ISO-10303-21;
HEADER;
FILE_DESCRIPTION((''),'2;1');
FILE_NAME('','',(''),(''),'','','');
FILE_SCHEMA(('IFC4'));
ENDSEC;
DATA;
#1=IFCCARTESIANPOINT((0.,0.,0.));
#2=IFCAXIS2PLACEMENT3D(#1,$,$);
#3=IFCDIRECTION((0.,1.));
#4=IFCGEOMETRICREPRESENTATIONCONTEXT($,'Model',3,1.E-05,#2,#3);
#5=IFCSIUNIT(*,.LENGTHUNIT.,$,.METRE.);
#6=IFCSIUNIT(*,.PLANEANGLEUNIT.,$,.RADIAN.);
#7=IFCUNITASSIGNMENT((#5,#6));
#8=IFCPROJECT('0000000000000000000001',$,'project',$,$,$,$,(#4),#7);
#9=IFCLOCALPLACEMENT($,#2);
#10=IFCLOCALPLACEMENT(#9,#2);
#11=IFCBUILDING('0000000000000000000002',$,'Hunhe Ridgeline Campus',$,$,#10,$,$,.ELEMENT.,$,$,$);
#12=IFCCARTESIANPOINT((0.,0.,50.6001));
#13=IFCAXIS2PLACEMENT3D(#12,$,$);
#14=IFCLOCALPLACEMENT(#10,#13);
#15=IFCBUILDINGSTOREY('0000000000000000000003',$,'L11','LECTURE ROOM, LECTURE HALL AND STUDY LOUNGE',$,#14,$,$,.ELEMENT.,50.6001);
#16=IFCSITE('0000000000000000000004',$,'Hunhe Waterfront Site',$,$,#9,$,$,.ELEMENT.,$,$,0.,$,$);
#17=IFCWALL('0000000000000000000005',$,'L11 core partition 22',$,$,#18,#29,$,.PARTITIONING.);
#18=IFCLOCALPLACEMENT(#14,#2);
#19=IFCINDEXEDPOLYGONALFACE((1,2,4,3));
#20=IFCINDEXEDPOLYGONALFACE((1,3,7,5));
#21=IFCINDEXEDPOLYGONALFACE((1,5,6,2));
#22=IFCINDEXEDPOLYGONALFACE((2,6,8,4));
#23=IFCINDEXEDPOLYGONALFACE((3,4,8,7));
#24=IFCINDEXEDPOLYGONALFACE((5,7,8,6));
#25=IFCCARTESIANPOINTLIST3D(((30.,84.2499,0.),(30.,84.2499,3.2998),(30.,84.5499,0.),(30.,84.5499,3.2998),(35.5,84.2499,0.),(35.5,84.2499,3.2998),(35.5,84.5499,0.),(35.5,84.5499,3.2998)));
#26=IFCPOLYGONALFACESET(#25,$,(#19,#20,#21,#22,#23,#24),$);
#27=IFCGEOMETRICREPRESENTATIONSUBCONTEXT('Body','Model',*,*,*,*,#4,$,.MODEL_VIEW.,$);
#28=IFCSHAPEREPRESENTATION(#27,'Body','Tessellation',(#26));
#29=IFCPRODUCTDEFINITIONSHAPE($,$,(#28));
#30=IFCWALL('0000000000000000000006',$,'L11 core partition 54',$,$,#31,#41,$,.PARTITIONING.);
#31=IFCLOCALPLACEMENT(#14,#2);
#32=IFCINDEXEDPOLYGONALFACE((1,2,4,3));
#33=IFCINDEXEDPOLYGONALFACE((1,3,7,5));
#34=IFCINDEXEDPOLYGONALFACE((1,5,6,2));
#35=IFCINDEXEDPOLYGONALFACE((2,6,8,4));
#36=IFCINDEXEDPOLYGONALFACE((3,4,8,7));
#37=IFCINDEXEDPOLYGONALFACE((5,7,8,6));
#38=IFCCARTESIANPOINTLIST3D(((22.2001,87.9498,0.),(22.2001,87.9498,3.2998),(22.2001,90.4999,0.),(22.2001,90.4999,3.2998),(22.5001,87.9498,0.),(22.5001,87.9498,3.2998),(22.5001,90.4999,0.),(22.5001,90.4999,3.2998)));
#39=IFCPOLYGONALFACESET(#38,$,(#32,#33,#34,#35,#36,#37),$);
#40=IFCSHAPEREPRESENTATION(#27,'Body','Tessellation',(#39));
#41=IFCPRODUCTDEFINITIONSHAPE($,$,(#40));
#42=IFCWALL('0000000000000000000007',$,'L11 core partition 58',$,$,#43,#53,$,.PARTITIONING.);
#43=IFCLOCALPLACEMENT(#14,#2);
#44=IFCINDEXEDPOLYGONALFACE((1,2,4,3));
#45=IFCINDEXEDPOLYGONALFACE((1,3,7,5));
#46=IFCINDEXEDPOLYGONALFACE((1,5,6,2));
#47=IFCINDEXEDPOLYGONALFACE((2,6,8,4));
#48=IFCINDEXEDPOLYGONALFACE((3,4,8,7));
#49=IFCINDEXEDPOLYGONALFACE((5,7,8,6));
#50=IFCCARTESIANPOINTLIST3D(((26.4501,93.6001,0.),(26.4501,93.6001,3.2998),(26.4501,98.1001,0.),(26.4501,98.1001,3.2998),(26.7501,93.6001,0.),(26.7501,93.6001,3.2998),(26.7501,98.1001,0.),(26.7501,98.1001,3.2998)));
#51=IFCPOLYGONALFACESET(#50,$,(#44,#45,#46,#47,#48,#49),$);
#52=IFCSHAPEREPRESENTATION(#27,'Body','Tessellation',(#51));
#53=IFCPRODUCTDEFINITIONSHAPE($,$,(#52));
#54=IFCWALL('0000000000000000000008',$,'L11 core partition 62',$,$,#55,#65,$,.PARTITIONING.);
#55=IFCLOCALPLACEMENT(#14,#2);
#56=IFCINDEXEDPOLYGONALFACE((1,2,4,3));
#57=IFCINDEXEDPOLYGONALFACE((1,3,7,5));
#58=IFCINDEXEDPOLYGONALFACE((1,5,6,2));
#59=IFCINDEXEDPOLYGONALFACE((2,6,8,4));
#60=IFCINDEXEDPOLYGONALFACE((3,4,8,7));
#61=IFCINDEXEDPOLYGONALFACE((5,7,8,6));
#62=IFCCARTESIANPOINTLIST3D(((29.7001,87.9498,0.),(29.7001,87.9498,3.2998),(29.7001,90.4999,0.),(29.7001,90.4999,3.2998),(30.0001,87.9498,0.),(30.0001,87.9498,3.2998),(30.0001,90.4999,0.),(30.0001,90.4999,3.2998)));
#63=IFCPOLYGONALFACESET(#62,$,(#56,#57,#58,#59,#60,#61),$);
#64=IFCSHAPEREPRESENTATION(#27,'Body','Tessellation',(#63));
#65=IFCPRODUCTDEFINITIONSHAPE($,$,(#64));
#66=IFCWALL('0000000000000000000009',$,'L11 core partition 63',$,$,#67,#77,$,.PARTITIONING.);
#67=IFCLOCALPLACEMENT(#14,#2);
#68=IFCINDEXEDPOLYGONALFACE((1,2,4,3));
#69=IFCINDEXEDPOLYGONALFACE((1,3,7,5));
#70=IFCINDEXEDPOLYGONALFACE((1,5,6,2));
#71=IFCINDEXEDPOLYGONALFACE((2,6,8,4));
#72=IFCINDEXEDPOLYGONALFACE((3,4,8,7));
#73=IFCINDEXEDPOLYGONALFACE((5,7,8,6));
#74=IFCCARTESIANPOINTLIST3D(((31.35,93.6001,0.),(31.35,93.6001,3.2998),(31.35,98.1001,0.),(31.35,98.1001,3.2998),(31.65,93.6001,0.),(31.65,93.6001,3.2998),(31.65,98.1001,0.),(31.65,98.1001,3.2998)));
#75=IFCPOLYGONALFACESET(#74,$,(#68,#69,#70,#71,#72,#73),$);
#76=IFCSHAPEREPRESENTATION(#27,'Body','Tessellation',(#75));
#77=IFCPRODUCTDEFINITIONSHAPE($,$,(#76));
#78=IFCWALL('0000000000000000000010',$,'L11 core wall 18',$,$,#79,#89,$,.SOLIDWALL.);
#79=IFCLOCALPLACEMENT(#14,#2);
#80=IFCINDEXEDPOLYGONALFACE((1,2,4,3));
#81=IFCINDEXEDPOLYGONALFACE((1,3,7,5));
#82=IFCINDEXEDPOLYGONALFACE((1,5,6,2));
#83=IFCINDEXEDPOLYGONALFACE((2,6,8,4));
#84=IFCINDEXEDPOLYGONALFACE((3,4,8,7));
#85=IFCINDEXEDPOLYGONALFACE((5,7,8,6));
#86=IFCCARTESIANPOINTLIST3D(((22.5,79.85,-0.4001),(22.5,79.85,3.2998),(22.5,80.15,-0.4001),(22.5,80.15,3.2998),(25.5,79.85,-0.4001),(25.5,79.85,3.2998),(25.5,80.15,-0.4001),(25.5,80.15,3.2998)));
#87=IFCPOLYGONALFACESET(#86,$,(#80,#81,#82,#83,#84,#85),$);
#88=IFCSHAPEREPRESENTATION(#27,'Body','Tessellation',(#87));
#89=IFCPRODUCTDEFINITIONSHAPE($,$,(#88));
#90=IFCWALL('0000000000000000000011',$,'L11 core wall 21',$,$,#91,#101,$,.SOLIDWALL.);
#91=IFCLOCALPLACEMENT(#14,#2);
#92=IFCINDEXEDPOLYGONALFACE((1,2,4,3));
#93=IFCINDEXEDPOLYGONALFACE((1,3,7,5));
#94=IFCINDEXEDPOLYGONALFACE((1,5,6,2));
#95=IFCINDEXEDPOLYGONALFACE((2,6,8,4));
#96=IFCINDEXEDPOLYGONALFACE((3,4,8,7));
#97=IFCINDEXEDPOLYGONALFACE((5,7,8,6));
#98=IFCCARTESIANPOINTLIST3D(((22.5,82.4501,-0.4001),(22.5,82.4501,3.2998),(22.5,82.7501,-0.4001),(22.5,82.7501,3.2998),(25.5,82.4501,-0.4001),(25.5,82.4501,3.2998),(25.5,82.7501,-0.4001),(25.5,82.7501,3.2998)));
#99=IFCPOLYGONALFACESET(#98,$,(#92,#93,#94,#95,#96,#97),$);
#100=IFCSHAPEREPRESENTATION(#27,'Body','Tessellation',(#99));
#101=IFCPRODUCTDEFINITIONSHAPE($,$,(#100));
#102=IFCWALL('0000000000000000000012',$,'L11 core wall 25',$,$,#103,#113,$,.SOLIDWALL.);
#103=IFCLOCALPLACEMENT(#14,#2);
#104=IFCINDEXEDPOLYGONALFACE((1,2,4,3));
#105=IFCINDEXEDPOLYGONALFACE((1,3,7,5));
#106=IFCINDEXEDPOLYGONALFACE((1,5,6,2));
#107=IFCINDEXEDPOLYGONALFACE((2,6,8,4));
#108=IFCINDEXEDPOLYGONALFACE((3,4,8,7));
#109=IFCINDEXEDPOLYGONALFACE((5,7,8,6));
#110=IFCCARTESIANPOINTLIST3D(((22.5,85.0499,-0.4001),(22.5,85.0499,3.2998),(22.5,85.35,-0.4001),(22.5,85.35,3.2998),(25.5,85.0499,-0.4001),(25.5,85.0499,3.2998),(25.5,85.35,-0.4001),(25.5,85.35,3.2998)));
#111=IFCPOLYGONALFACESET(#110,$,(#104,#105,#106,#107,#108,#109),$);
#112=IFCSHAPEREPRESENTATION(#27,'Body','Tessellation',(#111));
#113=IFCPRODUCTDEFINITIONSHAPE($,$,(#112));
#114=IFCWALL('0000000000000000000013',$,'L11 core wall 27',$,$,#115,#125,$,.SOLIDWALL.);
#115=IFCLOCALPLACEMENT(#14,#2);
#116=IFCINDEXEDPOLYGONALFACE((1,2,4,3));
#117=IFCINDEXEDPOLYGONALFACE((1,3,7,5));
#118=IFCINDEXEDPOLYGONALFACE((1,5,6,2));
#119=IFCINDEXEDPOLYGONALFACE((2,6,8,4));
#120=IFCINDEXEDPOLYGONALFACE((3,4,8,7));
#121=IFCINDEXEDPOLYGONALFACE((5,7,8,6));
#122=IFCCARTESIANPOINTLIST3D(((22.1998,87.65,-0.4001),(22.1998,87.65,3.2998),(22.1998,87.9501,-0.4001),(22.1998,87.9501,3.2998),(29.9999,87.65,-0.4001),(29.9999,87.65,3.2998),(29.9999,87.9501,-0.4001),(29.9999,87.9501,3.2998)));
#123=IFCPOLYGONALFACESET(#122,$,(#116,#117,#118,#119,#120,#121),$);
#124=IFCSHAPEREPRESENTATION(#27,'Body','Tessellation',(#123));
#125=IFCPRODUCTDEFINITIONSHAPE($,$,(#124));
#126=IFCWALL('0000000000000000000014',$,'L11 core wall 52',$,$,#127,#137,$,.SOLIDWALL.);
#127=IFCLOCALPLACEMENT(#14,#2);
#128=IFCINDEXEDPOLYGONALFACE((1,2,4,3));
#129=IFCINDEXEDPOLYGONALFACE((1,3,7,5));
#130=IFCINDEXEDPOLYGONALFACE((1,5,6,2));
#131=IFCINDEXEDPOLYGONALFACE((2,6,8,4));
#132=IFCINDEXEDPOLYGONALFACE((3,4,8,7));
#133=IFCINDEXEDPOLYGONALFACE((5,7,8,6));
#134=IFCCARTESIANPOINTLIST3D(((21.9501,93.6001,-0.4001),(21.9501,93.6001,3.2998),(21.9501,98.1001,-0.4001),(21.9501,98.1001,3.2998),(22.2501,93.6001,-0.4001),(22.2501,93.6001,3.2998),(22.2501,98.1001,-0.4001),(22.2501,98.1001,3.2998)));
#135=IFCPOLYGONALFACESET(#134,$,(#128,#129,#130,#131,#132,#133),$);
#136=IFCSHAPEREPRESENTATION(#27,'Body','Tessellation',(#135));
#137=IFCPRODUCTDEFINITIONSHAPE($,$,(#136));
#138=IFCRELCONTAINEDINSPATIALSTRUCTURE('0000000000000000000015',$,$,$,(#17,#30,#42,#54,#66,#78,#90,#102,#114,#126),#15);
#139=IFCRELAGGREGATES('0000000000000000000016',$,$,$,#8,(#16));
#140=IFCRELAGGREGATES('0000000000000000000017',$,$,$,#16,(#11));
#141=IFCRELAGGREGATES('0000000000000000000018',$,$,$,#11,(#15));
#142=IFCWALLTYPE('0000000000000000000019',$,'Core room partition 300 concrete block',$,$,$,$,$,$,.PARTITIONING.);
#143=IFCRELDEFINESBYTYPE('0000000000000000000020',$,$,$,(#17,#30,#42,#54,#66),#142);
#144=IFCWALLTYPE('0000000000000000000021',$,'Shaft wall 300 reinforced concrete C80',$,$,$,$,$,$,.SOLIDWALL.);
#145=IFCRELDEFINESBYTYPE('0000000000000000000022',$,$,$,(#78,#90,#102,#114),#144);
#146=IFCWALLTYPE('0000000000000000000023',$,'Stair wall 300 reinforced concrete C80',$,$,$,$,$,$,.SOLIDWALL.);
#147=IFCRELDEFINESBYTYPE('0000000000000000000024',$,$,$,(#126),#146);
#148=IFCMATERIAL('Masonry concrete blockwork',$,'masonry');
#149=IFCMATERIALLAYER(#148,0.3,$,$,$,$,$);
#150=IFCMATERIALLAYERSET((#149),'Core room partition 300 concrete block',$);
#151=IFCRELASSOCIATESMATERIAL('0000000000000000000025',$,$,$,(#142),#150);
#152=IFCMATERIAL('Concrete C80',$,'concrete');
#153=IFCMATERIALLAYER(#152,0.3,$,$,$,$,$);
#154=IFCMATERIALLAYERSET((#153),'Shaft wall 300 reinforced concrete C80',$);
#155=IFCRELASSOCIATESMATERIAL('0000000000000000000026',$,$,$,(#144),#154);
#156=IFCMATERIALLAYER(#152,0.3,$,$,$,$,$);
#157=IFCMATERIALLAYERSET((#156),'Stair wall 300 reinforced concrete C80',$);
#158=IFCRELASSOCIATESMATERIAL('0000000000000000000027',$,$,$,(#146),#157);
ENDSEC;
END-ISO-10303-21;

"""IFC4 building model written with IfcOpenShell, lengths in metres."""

from ifc_helpers import new_model, si_unit, direction, frame, frame_2d, origin, place, context, subcontext, project, spatial, rectangle, extrude, material, layer, layer_set, type_object, element, save


model = new_model("IFC4")

# Units and contexts
model_context = context("Model", 3, precision=1e-05, world=origin(), true_north=direction((0.0, 1.0)))
body_context = subcontext(model_context, "Body", "Model", "MODEL_VIEW")
ifc_project = project(units=[si_unit("LENGTHUNIT", "METRE"), si_unit("PLANEANGLEUNIT", "RADIAN")], contexts=[model_context])

# Site, building, storey
site_placement = place(None, origin())
site = spatial("IfcSite", under=ifc_project, at=site_placement, Name="Hunhe Waterfront Site", CompositionType="ELEMENT", RefElevation=0.0)
building_placement = place(site_placement, origin())
building = spatial("IfcBuilding", under=site, at=building_placement, Name="Hunhe Ridgeline Campus", CompositionType="ELEMENT")
storey_placement = place(building_placement, frame((0.0, 0.0, 50.6001)))
storey = spatial("IfcBuildingStorey", under=building, at=storey_placement, Name="L11", Description="LECTURE ROOM, LECTURE HALL AND STUDY LOUNGE", CompositionType="ELEMENT", Elevation=50.6001)

# Walls
ifc_material_1 = material(Name="Masonry concrete blockwork", Category="masonry")
ifc_layer_1 = layer(ifc_material_1, 0.3)
ifc_layer_set_1 = layer_set([ifc_layer_1], Name="Core room partition 300 concrete block")
wall_type_1 = type_object("IfcWallType", Name="Core room partition 300 concrete block", PredefinedType="PARTITIONING", material=ifc_layer_set_1)
wall_1_placement = place(storey_placement, frame((30.0, 84.3999, 0.0), z_axis=(0.0, 0.0, 1.0), x_axis=(1.0, 0.0, 0.0)))
element("IfcWall", 1, at=wall_1_placement, inside=storey, type_object=wall_type_1, Name="L11 core partition 22", PredefinedType="PARTITIONING", context=body_context, shape_type="SweptSolid", body=[
    extrude(rectangle(XDim=5.5, YDim=0.3, at=frame_2d((2.75, 0.0))), origin(), (0.0, 0.0, 1.0), 3.2998),
])
wall_2_placement = place(storey_placement, frame((22.3501, 87.95, 0.0), z_axis=(0.0, 0.0, 1.0), x_axis=(0.0, 1.0, 0.0)))
element("IfcWall", 2, at=wall_2_placement, inside=storey, type_object=wall_type_1, Name="L11 core partition 54", PredefinedType="PARTITIONING", context=body_context, shape_type="SweptSolid", body=[
    extrude(rectangle(XDim=2.55, YDim=0.3, at=frame_2d((1.2749, 0.0))), origin(), (0.0, 0.0, 1.0), 3.2998),
])
wall_3_placement = place(storey_placement, frame((26.6001, 93.6001, 0.0), z_axis=(0.0, 0.0, 1.0), x_axis=(0.0, 1.0, 0.0)))
element("IfcWall", 3, at=wall_3_placement, inside=storey, type_object=wall_type_1, Name="L11 core partition 58", PredefinedType="PARTITIONING", context=body_context, shape_type="SweptSolid", body=[
    extrude(rectangle(XDim=4.5, YDim=0.3, at=frame_2d((2.25, 0.0))), origin(), (0.0, 0.0, 1.0), 3.2998),
])
wall_4_placement = place(storey_placement, frame((29.8501, 87.95, 0.0), z_axis=(0.0, 0.0, 1.0), x_axis=(0.0, 1.0, 0.0)))
element("IfcWall", 4, at=wall_4_placement, inside=storey, type_object=wall_type_1, Name="L11 core partition 62", PredefinedType="PARTITIONING", context=body_context, shape_type="SweptSolid", body=[
    extrude(rectangle(XDim=2.55, YDim=0.3, at=frame_2d((1.2749, 0.0))), origin(), (0.0, 0.0, 1.0), 3.2998),
])
wall_5_placement = place(storey_placement, frame((31.5, 93.6001, 0.0), z_axis=(0.0, 0.0, 1.0), x_axis=(0.0, 1.0, 0.0)))
element("IfcWall", 5, at=wall_5_placement, inside=storey, type_object=wall_type_1, Name="L11 core partition 63", PredefinedType="PARTITIONING", context=body_context, shape_type="SweptSolid", body=[
    extrude(rectangle(XDim=4.5, YDim=0.3, at=frame_2d((2.25, 0.0))), origin(), (0.0, 0.0, 1.0), 3.2998),
])
ifc_material_2 = material(Name="Concrete C80", Category="concrete")
ifc_layer_2 = layer(ifc_material_2, 0.3)
ifc_layer_set_2 = layer_set([ifc_layer_2], Name="Shaft wall 300 reinforced concrete C80")
wall_type_2 = type_object("IfcWallType", Name="Shaft wall 300 reinforced concrete C80", PredefinedType="SOLIDWALL", material=ifc_layer_set_2)
for number, where, z_axis, x_axis, name in (
    (6, (22.5, 80.0, -0.4001), (0.0, 0.0, 1.0), (1.0, 0.0, 0.0), "L11 core wall 18"),
    (7, (22.5, 82.6001, -0.4001), (0.0, 0.0, 1.0), (1.0, 0.0, 0.0), "L11 core wall 21"),
    (8, (22.5, 85.2, -0.4001), (0.0, 0.0, 1.0), (1.0, 0.0, 0.0), "L11 core wall 25"),
):
    element("IfcWall", number, at=place(storey_placement, frame(where, z_axis=z_axis, x_axis=x_axis)), inside=storey, type_object=wall_type_2, Name=name, PredefinedType="SOLIDWALL", context=body_context, shape_type="SweptSolid", body=[
        extrude(rectangle(XDim=3.0, YDim=0.3, at=frame_2d((1.5, 0.0))), origin(), (0.0, 0.0, 1.0), 3.7),
    ])
wall_6_placement = place(storey_placement, frame((22.2, 87.8, -0.4001), z_axis=(0.0, 0.0, 1.0), x_axis=(1.0, 0.0, 0.0)))
element("IfcWall", 9, at=wall_6_placement, inside=storey, type_object=wall_type_2, Name="L11 core wall 27", PredefinedType="SOLIDWALL", context=body_context, shape_type="SweptSolid", body=[
    extrude(rectangle(XDim=7.8, YDim=0.3, at=frame_2d((3.8999, 0.0))), origin(), (0.0, 0.0, 1.0), 3.7),
])

# Shared definitions
ifc_layer_3 = layer(ifc_material_2, 0.3)
ifc_layer_set_3 = layer_set([ifc_layer_3], Name="Stair wall 300 reinforced concrete C80")
wall_type_3 = type_object("IfcWallType", Name="Stair wall 300 reinforced concrete C80", PredefinedType="SOLIDWALL", material=ifc_layer_set_3)

# Wall
wall_7_placement = place(storey_placement, frame((22.1001, 93.6001, -0.4001), z_axis=(0.0, 0.0, 1.0), x_axis=(0.0, 1.0, 0.0)))
element("IfcWall", 10, at=wall_7_placement, inside=storey, type_object=wall_type_3, Name="L11 core wall 52", PredefinedType="SOLIDWALL", context=body_context, shape_type="SweptSolid", body=[
    extrude(rectangle(XDim=4.5, YDim=0.3, at=frame_2d((2.25, 0.0))), origin(), (0.0, 0.0, 1.0), 3.7),
])

save(model, "model.ifc")
